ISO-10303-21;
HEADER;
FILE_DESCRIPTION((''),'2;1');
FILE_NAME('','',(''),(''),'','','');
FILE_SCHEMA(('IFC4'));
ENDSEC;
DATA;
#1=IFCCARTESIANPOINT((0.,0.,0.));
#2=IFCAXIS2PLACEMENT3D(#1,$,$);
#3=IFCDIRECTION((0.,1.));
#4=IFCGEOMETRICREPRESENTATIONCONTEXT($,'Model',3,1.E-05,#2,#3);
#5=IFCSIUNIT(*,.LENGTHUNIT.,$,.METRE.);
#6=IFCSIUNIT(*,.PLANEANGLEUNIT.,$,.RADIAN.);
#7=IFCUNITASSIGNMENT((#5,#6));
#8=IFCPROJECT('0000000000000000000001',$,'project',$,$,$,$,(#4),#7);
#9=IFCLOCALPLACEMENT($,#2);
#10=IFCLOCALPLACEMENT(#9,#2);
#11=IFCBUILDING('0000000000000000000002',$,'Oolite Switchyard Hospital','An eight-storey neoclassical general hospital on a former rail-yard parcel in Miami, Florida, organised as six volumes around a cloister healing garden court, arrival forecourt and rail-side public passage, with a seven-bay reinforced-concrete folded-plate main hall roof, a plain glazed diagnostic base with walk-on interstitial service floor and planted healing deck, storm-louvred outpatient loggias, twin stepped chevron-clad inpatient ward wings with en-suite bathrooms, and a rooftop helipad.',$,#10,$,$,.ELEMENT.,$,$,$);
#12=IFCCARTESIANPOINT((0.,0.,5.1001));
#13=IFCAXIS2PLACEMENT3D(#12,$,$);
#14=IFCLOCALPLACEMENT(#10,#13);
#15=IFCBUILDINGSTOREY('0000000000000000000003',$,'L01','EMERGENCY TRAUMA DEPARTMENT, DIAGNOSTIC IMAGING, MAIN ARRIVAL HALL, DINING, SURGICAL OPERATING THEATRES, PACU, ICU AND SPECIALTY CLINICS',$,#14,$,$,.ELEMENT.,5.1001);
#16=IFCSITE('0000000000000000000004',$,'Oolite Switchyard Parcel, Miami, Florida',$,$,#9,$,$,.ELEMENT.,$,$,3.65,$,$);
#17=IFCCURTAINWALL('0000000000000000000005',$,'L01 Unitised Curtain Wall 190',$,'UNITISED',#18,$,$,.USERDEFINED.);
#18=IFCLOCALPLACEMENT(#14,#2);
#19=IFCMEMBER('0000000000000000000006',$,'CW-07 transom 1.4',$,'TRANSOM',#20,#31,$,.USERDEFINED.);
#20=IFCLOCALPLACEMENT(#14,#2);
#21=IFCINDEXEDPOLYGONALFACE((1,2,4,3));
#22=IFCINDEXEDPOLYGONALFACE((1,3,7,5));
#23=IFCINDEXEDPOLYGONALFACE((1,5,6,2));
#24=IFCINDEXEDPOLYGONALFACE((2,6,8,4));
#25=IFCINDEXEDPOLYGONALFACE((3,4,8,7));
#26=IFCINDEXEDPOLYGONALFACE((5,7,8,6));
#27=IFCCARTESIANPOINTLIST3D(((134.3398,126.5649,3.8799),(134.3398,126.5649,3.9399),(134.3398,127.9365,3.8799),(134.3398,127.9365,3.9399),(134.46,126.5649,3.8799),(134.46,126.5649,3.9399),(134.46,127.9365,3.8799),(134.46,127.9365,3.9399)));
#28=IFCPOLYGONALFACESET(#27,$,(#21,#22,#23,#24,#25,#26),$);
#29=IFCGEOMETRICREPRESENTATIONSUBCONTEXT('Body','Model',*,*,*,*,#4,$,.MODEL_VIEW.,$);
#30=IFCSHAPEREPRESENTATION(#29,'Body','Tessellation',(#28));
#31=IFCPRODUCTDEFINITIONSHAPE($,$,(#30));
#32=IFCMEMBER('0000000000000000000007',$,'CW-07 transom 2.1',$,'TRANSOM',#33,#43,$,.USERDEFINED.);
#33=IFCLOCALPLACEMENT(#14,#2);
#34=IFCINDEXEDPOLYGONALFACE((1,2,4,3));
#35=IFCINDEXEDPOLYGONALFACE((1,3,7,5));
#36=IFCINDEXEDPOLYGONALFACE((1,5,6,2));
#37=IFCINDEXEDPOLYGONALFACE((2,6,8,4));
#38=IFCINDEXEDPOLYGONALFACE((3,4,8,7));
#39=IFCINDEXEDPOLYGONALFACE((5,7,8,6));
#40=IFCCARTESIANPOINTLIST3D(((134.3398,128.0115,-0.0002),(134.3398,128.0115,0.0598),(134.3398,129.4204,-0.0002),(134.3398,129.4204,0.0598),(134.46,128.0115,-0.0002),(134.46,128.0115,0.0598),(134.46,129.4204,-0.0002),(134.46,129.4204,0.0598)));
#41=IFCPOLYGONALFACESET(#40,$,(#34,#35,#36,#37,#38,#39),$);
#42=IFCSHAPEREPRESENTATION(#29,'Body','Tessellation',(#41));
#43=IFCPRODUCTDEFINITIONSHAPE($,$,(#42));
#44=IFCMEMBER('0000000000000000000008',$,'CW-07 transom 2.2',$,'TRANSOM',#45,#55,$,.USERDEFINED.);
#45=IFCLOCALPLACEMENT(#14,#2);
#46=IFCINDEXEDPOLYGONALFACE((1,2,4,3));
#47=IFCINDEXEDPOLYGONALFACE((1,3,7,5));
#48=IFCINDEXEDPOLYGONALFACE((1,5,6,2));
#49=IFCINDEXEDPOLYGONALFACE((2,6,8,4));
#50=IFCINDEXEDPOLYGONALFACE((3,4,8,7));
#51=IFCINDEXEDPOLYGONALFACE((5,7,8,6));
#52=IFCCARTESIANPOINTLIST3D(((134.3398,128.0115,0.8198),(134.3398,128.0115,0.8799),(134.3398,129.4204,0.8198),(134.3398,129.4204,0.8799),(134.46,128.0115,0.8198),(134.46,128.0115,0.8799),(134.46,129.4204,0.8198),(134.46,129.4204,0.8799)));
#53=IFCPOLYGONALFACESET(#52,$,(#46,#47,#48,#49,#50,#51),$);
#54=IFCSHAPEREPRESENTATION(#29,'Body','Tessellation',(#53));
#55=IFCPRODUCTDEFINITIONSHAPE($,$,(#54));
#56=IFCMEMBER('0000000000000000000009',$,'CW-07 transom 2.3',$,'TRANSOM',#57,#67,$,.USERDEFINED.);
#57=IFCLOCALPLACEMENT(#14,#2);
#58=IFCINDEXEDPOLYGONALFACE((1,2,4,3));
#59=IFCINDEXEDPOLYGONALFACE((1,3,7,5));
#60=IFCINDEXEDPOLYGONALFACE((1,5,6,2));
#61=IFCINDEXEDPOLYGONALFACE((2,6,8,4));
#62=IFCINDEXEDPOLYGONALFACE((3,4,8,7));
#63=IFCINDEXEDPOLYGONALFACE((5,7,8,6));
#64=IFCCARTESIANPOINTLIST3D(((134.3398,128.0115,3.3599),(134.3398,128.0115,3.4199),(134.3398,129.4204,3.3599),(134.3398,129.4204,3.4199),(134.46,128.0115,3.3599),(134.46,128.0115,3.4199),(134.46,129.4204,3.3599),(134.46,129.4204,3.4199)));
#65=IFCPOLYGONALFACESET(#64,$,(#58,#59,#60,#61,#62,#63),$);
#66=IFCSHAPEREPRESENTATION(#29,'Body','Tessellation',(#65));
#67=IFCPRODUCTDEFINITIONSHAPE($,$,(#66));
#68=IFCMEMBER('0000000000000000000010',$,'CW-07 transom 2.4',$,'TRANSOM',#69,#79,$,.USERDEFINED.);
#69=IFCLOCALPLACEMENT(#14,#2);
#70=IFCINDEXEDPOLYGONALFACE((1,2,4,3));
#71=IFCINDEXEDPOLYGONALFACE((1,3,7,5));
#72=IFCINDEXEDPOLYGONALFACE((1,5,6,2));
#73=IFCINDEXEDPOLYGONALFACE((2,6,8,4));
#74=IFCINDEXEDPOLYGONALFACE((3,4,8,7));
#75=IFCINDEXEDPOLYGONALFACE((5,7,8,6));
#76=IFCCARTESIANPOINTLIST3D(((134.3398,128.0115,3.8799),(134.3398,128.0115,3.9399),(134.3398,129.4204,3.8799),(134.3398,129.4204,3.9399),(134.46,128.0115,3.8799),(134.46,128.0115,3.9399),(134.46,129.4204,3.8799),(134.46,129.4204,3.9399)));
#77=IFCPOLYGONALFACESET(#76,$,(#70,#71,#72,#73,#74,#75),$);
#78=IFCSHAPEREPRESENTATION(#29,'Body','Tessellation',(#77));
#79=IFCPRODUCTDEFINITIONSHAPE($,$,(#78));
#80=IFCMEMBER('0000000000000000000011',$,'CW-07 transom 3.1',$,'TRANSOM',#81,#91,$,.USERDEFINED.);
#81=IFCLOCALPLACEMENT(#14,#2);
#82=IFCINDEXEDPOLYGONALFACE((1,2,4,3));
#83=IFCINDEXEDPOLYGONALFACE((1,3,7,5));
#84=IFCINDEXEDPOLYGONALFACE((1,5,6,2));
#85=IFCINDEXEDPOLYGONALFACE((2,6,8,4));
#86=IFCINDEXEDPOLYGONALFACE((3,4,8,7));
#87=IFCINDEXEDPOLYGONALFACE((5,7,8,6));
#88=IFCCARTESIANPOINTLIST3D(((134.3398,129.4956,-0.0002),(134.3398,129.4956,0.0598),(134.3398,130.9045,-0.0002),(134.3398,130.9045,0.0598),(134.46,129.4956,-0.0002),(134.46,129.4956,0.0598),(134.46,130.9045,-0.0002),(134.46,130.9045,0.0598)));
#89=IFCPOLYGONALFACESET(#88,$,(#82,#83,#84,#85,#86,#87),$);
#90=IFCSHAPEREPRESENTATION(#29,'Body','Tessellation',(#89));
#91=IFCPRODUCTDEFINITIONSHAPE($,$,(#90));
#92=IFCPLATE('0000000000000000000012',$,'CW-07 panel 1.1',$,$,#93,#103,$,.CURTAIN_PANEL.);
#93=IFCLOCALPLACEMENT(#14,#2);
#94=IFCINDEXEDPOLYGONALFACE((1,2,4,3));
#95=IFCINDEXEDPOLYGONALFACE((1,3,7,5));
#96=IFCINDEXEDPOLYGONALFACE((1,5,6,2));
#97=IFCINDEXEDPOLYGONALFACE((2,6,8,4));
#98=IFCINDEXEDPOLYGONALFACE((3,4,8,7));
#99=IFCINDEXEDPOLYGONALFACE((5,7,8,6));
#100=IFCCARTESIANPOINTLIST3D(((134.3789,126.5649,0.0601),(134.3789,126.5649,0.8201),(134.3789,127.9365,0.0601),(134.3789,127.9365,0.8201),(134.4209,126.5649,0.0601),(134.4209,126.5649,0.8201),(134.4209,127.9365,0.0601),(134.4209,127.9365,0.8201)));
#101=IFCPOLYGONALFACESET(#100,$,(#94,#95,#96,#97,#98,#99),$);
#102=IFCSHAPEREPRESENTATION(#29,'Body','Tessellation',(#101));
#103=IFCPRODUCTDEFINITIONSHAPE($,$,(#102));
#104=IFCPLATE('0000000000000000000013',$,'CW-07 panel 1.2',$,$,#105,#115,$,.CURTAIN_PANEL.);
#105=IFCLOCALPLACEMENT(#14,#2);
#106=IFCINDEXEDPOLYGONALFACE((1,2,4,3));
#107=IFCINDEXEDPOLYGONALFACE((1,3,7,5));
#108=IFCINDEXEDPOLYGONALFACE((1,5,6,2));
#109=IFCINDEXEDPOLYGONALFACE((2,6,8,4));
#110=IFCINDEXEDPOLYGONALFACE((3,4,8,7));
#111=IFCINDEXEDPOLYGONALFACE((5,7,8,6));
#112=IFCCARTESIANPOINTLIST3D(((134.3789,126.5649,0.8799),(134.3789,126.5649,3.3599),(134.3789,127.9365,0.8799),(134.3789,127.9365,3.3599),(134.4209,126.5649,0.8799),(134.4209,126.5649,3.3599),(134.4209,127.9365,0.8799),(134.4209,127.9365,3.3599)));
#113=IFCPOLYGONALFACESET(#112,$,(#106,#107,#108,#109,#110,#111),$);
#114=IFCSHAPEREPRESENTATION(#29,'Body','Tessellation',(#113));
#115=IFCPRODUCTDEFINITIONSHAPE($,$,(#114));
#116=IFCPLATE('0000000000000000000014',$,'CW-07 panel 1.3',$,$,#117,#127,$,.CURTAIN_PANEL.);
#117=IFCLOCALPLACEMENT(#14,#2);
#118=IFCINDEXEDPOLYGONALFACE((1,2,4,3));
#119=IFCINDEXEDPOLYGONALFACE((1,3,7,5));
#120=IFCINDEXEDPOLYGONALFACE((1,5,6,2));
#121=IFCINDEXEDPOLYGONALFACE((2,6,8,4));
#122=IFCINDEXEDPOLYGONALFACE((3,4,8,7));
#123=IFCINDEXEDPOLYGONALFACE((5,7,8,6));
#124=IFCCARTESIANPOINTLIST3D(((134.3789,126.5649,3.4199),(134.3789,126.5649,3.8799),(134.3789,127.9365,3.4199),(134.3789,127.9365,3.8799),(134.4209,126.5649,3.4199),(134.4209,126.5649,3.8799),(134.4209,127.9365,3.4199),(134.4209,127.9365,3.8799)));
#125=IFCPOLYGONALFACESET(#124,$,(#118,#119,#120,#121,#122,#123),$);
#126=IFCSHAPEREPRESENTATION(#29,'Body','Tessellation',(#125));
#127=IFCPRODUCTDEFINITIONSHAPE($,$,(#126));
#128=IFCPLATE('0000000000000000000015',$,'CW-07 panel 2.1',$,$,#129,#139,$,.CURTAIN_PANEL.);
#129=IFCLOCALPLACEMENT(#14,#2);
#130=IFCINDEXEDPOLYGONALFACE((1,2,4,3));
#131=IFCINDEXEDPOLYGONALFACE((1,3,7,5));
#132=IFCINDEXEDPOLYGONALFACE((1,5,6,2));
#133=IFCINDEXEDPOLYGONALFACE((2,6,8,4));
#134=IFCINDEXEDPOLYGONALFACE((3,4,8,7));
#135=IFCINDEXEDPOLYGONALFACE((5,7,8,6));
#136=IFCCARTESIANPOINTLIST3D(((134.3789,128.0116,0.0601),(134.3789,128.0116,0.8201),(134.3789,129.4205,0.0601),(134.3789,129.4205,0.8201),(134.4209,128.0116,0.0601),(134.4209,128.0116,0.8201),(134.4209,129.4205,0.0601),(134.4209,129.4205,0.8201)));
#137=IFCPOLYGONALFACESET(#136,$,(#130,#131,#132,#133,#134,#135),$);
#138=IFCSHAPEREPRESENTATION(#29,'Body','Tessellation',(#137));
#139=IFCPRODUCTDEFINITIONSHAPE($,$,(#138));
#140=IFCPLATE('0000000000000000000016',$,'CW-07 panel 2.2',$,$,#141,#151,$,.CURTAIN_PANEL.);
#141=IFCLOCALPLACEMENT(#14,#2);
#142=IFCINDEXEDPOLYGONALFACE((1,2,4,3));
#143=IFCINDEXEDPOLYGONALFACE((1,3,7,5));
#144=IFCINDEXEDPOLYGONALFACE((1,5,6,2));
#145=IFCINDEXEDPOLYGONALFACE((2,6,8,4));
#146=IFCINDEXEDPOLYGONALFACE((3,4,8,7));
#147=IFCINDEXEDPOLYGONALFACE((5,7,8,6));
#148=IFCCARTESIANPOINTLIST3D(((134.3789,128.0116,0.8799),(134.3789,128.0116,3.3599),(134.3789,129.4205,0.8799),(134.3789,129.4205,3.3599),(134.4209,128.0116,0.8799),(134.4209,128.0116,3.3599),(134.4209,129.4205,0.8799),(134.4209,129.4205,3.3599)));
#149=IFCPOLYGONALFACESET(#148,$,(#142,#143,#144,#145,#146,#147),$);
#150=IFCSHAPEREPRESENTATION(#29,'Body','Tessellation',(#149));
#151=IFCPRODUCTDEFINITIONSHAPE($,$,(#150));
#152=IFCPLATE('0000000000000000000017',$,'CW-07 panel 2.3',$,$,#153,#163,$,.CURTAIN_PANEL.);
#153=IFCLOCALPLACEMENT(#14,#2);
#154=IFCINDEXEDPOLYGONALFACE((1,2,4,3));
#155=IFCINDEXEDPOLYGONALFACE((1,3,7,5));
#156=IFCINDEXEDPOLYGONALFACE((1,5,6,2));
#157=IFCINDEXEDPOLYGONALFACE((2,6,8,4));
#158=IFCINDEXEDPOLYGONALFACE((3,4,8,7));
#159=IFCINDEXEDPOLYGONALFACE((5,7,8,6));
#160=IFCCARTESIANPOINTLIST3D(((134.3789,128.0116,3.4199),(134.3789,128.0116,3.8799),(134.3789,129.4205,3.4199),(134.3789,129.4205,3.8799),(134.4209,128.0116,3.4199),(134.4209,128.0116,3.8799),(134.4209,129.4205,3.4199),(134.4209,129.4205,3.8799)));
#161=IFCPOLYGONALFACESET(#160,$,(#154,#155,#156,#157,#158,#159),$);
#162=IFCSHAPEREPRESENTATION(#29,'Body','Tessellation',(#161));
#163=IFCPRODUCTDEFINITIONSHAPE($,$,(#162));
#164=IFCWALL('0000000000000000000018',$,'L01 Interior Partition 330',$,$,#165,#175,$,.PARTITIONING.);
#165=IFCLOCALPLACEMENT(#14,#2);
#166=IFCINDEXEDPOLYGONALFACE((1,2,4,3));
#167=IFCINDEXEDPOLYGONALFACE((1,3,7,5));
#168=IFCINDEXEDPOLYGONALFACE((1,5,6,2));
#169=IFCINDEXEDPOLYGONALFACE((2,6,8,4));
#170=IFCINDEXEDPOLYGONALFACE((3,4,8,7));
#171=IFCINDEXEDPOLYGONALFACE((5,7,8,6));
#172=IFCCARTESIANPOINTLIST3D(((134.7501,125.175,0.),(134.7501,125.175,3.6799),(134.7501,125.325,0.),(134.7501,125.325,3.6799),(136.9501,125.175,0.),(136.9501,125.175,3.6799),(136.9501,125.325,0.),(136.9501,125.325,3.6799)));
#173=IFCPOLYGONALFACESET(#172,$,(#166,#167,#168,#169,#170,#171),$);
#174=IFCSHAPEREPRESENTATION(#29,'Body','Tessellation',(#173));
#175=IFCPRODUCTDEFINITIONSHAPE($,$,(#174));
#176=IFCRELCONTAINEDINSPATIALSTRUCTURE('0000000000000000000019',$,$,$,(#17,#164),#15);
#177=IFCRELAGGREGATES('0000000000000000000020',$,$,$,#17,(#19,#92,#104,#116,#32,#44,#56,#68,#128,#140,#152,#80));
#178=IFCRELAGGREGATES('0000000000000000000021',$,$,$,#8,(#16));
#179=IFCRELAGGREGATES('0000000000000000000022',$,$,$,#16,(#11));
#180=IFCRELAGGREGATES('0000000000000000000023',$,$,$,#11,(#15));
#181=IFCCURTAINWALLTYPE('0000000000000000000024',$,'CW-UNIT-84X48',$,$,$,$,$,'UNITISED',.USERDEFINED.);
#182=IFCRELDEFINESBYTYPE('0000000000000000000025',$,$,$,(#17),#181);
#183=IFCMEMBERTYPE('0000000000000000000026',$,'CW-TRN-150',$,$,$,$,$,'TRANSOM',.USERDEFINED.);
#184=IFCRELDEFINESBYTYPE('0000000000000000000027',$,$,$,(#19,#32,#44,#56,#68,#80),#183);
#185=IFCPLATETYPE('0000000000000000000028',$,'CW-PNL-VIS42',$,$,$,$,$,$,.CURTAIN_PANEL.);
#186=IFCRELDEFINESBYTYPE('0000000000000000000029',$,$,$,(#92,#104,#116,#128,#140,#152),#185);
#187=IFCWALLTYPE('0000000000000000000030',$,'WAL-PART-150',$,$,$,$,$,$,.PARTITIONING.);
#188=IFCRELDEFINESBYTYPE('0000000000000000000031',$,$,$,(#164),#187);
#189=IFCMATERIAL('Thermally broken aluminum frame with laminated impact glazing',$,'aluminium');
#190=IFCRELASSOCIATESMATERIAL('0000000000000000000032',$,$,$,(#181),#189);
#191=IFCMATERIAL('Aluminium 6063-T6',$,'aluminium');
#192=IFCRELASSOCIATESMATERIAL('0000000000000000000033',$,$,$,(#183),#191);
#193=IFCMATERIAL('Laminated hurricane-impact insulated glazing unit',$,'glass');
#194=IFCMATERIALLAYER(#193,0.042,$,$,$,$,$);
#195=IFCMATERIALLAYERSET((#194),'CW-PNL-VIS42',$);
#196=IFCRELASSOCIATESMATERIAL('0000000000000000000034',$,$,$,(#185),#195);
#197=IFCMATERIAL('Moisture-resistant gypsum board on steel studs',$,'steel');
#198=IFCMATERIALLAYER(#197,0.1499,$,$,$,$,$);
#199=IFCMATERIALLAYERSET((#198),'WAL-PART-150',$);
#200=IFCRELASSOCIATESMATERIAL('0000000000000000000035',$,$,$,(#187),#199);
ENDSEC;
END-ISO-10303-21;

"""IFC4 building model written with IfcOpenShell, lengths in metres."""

from ifc_helpers import new_model, si_unit, direction, frame, frame_2d, origin, origin_2d, place, context, subcontext, project, spatial, rectangle, extrude, material, layer, layer_set, material_profile, profile_set, type_object, element, aggregate, save


model = new_model("IFC4")

# Units and contexts
model_context = context("Model", 3, precision=1e-05, world=origin(), true_north=direction((0.0, 1.0)))
body_context = subcontext(model_context, "Body", "Model", "MODEL_VIEW")
ifc_project = project(units=[si_unit("LENGTHUNIT", "METRE"), si_unit("PLANEANGLEUNIT", "RADIAN")], contexts=[model_context])

# Site, building, storey
site_placement = place(None, origin())
site = spatial("IfcSite", under=ifc_project, at=site_placement, Name="Oolite Switchyard Parcel, Miami, Florida", CompositionType="ELEMENT", RefElevation=3.65)
building_placement = place(site_placement, origin())
building = spatial("IfcBuilding", under=site, at=building_placement, Name="Oolite Switchyard Hospital", Description="An eight-storey neoclassical general hospital on a former rail-yard parcel in Miami, Florida, organised as six volumes around a cloister healing garden court, arrival forecourt and rail-side public passage, with a seven-bay reinforced-concrete folded-plate main hall roof, a plain glazed diagnostic base with walk-on interstitial service floor and planted healing deck, storm-louvred outpatient loggias, twin stepped chevron-clad inpatient ward wings with en-suite bathrooms, and a rooftop helipad.", CompositionType="ELEMENT")
storey_placement = place(building_placement, frame((0.0, 0.0, 5.1001)))
storey = spatial("IfcBuildingStorey", under=building, at=storey_placement, Name="L01", Description="EMERGENCY TRAUMA DEPARTMENT, DIAGNOSTIC IMAGING, MAIN ARRIVAL HALL, DINING, SURGICAL OPERATING THEATRES, PACU, ICU AND SPECIALTY CLINICS", CompositionType="ELEMENT", Elevation=5.1001)

# Shared definitions
ifc_material_1 = material(Name="Thermally broken aluminum frame with laminated impact glazing", Category="aluminium")
curtain_wall_type = type_object("IfcCurtainWallType", Name="CW-UNIT-84X48", ElementType="UNITISED", PredefinedType="USERDEFINED", material=ifc_material_1)
ifc_material_2 = material(Name="Aluminium 6063-T6", Category="aluminium")

# Curtain wall, members, plates
curtain_wall_1_placement = place(storey_placement, origin())
curtain_wall_1 = element("IfcCurtainWall", 1, at=curtain_wall_1_placement, inside=storey, type_object=curtain_wall_type, Name="L01 Unitised Curtain Wall 190", ObjectType="UNITISED", PredefinedType="USERDEFINED")
ifc_material_profile_1 = material_profile(ifc_material_2, rectangle(XDim=0.1201, YDim=0.0601, at=origin_2d()), Name="CWT60X120")
ifc_profile_set_1 = profile_set([ifc_material_profile_1], Name="Aluminium 6063-T6")
member_type_1 = type_object("IfcMemberType", Name="CW-TRN-150", ElementType="TRANSOM", PredefinedType="USERDEFINED", material=ifc_profile_set_1)
member_1_placement = place(storey_placement, frame((134.3999, 126.5649, 3.9099), z_axis=(0.0, 1.0, 0.0), x_axis=(-1.0, 0.0, 0.0)))
member_1 = element("IfcMember", 2, at=member_1_placement, type_object=member_type_1, Name="CW-07 transom 1.4", ObjectType="TRANSOM", PredefinedType="USERDEFINED", context=body_context, shape_type="SweptSolid", body=[
    extrude(rectangle(XDim=0.1201, YDim=0.0601, at=origin_2d()), origin(), (0.0, 0.0, 1.0), 1.3716),
])
member_2_placement = place(storey_placement, frame((134.3999, 128.0115, 0.0298), z_axis=(0.0, 1.0, 0.0), x_axis=(-1.0, 0.0, 0.0)))
member_2 = element("IfcMember", 3, at=member_2_placement, type_object=member_type_1, Name="CW-07 transom 2.1", ObjectType="TRANSOM", PredefinedType="USERDEFINED", context=body_context, shape_type="SweptSolid", body=[
    extrude(rectangle(XDim=0.1201, YDim=0.0601, at=origin_2d()), origin(), (0.0, 0.0, 1.0), 1.4089),
])
member_3_placement = place(storey_placement, frame((134.3999, 128.0115, 0.8499), z_axis=(0.0, 1.0, 0.0), x_axis=(-1.0, 0.0, 0.0)))
member_3 = element("IfcMember", 4, at=member_3_placement, type_object=member_type_1, Name="CW-07 transom 2.2", ObjectType="TRANSOM", PredefinedType="USERDEFINED", context=body_context, shape_type="SweptSolid", body=[
    extrude(rectangle(XDim=0.1201, YDim=0.0601, at=origin_2d()), origin(), (0.0, 0.0, 1.0), 1.4089),
])
member_4_placement = place(storey_placement, frame((134.3999, 128.0115, 3.3899), z_axis=(0.0, 1.0, 0.0), x_axis=(-1.0, 0.0, 0.0)))
member_4 = element("IfcMember", 5, at=member_4_placement, type_object=member_type_1, Name="CW-07 transom 2.3", ObjectType="TRANSOM", PredefinedType="USERDEFINED", context=body_context, shape_type="SweptSolid", body=[
    extrude(rectangle(XDim=0.1201, YDim=0.0601, at=origin_2d()), origin(), (0.0, 0.0, 1.0), 1.4089),
])
member_5_placement = place(storey_placement, frame((134.3999, 128.0115, 3.9099), z_axis=(0.0, 1.0, 0.0), x_axis=(-1.0, 0.0, 0.0)))
member_5 = element("IfcMember", 6, at=member_5_placement, type_object=member_type_1, Name="CW-07 transom 2.4", ObjectType="TRANSOM", PredefinedType="USERDEFINED", context=body_context, shape_type="SweptSolid", body=[
    extrude(rectangle(XDim=0.1201, YDim=0.0601, at=origin_2d()), origin(), (0.0, 0.0, 1.0), 1.4089),
])
member_6_placement = place(storey_placement, frame((134.3999, 129.4956, 0.0298), z_axis=(0.0, 1.0, 0.0), x_axis=(-1.0, 0.0, 0.0)))
member_6 = element("IfcMember", 7, at=member_6_placement, type_object=member_type_1, Name="CW-07 transom 3.1", ObjectType="TRANSOM", PredefinedType="USERDEFINED", context=body_context, shape_type="SweptSolid", body=[
    extrude(rectangle(XDim=0.1201, YDim=0.0601, at=origin_2d()), origin(), (0.0, 0.0, 1.0), 1.4089),
])
ifc_material_3 = material(Name="Laminated hurricane-impact insulated glazing unit", Category="glass")
ifc_layer_1 = layer(ifc_material_3, 0.042)
ifc_layer_set_1 = layer_set([ifc_layer_1], Name="CW-PNL-VIS42")
plate_type = type_object("IfcPlateType", Name="CW-PNL-VIS42", PredefinedType="CURTAIN_PANEL", material=ifc_layer_set_1)
plate_1_placement = place(storey_placement, frame((134.3999, 127.2507, 0.0601), z_axis=(0.0, 0.0, 1.0), x_axis=(0.0, 1.0, 0.0)))
plate_1 = element("IfcPlate", 8, at=plate_1_placement, type_object=plate_type, Name="CW-07 panel 1.1", PredefinedType="CURTAIN_PANEL", context=body_context, shape_type="SweptSolid", body=[
    extrude(rectangle(XDim=1.3716, YDim=0.042, at=origin_2d()), origin(), (0.0, 0.0, 1.0), 0.76),
])
plate_2_placement = place(storey_placement, frame((134.3999, 127.2507, 0.8799), z_axis=(0.0, 0.0, 1.0), x_axis=(0.0, 1.0, 0.0)))
plate_2 = element("IfcPlate", 9, at=plate_2_placement, type_object=plate_type, Name="CW-07 panel 1.2", PredefinedType="CURTAIN_PANEL", context=body_context, shape_type="SweptSolid", body=[
    extrude(rectangle(XDim=1.3716, YDim=0.042, at=origin_2d()), origin(), (0.0, 0.0, 1.0), 2.48),
])
plate_3_placement = place(storey_placement, frame((134.3999, 127.2507, 3.4199), z_axis=(0.0, 0.0, 1.0), x_axis=(0.0, 1.0, 0.0)))
plate_3 = element("IfcPlate", 10, at=plate_3_placement, type_object=plate_type, Name="CW-07 panel 1.3", PredefinedType="CURTAIN_PANEL", context=body_context, shape_type="SweptSolid", body=[
    extrude(rectangle(XDim=1.3716, YDim=0.042, at=origin_2d()), origin(), (0.0, 0.0, 1.0), 0.46),
])
plate_4_placement = place(storey_placement, frame((134.3999, 128.7161, 0.0601), z_axis=(0.0, 0.0, 1.0), x_axis=(0.0, 1.0, 0.0)))
plate_4 = element("IfcPlate", 11, at=plate_4_placement, type_object=plate_type, Name="CW-07 panel 2.1", PredefinedType="CURTAIN_PANEL", context=body_context, shape_type="SweptSolid", body=[
    extrude(rectangle(XDim=1.4089, YDim=0.042, at=origin_2d()), origin(), (0.0, 0.0, 1.0), 0.76),
])
plate_5_placement = place(storey_placement, frame((134.3999, 128.7161, 0.8799), z_axis=(0.0, 0.0, 1.0), x_axis=(0.0, 1.0, 0.0)))
plate_5 = element("IfcPlate", 12, at=plate_5_placement, type_object=plate_type, Name="CW-07 panel 2.2", PredefinedType="CURTAIN_PANEL", context=body_context, shape_type="SweptSolid", body=[
    extrude(rectangle(XDim=1.4089, YDim=0.042, at=origin_2d()), origin(), (0.0, 0.0, 1.0), 2.48),
])
plate_6_placement = place(storey_placement, frame((134.3999, 128.7161, 3.4199), z_axis=(0.0, 0.0, 1.0), x_axis=(0.0, 1.0, 0.0)))
plate_6 = element("IfcPlate", 13, at=plate_6_placement, type_object=plate_type, Name="CW-07 panel 2.3", PredefinedType="CURTAIN_PANEL", context=body_context, shape_type="SweptSolid", body=[
    extrude(rectangle(XDim=1.4089, YDim=0.042, at=origin_2d()), origin(), (0.0, 0.0, 1.0), 0.46),
])
aggregate(curtain_wall_1, [member_1, plate_1, plate_2, plate_3, member_2, member_3, member_4, member_5, plate_4, plate_5, plate_6, member_6])

# Wall
ifc_material_4 = material(Name="Moisture-resistant gypsum board on steel studs", Category="steel")
ifc_layer_2 = layer(ifc_material_4, 0.1499)
ifc_layer_set_2 = layer_set([ifc_layer_2], Name="WAL-PART-150")
wall_type = type_object("IfcWallType", Name="WAL-PART-150", PredefinedType="PARTITIONING", material=ifc_layer_set_2)
wall_placement = place(storey_placement, frame((134.75, 125.25, 0.0), z_axis=(0.0, 0.0, 1.0), x_axis=(1.0, 0.0, 0.0)))
element("IfcWall", 14, at=wall_placement, inside=storey, type_object=wall_type, Name="L01 Interior Partition 330", PredefinedType="PARTITIONING", context=body_context, shape_type="SweptSolid", body=[
    extrude(rectangle(XDim=2.2, YDim=0.1499, at=frame_2d((1.1001, 0.0))), origin(), (0.0, 0.0, 1.0), 3.6799),
])

save(model, "model.ifc")
